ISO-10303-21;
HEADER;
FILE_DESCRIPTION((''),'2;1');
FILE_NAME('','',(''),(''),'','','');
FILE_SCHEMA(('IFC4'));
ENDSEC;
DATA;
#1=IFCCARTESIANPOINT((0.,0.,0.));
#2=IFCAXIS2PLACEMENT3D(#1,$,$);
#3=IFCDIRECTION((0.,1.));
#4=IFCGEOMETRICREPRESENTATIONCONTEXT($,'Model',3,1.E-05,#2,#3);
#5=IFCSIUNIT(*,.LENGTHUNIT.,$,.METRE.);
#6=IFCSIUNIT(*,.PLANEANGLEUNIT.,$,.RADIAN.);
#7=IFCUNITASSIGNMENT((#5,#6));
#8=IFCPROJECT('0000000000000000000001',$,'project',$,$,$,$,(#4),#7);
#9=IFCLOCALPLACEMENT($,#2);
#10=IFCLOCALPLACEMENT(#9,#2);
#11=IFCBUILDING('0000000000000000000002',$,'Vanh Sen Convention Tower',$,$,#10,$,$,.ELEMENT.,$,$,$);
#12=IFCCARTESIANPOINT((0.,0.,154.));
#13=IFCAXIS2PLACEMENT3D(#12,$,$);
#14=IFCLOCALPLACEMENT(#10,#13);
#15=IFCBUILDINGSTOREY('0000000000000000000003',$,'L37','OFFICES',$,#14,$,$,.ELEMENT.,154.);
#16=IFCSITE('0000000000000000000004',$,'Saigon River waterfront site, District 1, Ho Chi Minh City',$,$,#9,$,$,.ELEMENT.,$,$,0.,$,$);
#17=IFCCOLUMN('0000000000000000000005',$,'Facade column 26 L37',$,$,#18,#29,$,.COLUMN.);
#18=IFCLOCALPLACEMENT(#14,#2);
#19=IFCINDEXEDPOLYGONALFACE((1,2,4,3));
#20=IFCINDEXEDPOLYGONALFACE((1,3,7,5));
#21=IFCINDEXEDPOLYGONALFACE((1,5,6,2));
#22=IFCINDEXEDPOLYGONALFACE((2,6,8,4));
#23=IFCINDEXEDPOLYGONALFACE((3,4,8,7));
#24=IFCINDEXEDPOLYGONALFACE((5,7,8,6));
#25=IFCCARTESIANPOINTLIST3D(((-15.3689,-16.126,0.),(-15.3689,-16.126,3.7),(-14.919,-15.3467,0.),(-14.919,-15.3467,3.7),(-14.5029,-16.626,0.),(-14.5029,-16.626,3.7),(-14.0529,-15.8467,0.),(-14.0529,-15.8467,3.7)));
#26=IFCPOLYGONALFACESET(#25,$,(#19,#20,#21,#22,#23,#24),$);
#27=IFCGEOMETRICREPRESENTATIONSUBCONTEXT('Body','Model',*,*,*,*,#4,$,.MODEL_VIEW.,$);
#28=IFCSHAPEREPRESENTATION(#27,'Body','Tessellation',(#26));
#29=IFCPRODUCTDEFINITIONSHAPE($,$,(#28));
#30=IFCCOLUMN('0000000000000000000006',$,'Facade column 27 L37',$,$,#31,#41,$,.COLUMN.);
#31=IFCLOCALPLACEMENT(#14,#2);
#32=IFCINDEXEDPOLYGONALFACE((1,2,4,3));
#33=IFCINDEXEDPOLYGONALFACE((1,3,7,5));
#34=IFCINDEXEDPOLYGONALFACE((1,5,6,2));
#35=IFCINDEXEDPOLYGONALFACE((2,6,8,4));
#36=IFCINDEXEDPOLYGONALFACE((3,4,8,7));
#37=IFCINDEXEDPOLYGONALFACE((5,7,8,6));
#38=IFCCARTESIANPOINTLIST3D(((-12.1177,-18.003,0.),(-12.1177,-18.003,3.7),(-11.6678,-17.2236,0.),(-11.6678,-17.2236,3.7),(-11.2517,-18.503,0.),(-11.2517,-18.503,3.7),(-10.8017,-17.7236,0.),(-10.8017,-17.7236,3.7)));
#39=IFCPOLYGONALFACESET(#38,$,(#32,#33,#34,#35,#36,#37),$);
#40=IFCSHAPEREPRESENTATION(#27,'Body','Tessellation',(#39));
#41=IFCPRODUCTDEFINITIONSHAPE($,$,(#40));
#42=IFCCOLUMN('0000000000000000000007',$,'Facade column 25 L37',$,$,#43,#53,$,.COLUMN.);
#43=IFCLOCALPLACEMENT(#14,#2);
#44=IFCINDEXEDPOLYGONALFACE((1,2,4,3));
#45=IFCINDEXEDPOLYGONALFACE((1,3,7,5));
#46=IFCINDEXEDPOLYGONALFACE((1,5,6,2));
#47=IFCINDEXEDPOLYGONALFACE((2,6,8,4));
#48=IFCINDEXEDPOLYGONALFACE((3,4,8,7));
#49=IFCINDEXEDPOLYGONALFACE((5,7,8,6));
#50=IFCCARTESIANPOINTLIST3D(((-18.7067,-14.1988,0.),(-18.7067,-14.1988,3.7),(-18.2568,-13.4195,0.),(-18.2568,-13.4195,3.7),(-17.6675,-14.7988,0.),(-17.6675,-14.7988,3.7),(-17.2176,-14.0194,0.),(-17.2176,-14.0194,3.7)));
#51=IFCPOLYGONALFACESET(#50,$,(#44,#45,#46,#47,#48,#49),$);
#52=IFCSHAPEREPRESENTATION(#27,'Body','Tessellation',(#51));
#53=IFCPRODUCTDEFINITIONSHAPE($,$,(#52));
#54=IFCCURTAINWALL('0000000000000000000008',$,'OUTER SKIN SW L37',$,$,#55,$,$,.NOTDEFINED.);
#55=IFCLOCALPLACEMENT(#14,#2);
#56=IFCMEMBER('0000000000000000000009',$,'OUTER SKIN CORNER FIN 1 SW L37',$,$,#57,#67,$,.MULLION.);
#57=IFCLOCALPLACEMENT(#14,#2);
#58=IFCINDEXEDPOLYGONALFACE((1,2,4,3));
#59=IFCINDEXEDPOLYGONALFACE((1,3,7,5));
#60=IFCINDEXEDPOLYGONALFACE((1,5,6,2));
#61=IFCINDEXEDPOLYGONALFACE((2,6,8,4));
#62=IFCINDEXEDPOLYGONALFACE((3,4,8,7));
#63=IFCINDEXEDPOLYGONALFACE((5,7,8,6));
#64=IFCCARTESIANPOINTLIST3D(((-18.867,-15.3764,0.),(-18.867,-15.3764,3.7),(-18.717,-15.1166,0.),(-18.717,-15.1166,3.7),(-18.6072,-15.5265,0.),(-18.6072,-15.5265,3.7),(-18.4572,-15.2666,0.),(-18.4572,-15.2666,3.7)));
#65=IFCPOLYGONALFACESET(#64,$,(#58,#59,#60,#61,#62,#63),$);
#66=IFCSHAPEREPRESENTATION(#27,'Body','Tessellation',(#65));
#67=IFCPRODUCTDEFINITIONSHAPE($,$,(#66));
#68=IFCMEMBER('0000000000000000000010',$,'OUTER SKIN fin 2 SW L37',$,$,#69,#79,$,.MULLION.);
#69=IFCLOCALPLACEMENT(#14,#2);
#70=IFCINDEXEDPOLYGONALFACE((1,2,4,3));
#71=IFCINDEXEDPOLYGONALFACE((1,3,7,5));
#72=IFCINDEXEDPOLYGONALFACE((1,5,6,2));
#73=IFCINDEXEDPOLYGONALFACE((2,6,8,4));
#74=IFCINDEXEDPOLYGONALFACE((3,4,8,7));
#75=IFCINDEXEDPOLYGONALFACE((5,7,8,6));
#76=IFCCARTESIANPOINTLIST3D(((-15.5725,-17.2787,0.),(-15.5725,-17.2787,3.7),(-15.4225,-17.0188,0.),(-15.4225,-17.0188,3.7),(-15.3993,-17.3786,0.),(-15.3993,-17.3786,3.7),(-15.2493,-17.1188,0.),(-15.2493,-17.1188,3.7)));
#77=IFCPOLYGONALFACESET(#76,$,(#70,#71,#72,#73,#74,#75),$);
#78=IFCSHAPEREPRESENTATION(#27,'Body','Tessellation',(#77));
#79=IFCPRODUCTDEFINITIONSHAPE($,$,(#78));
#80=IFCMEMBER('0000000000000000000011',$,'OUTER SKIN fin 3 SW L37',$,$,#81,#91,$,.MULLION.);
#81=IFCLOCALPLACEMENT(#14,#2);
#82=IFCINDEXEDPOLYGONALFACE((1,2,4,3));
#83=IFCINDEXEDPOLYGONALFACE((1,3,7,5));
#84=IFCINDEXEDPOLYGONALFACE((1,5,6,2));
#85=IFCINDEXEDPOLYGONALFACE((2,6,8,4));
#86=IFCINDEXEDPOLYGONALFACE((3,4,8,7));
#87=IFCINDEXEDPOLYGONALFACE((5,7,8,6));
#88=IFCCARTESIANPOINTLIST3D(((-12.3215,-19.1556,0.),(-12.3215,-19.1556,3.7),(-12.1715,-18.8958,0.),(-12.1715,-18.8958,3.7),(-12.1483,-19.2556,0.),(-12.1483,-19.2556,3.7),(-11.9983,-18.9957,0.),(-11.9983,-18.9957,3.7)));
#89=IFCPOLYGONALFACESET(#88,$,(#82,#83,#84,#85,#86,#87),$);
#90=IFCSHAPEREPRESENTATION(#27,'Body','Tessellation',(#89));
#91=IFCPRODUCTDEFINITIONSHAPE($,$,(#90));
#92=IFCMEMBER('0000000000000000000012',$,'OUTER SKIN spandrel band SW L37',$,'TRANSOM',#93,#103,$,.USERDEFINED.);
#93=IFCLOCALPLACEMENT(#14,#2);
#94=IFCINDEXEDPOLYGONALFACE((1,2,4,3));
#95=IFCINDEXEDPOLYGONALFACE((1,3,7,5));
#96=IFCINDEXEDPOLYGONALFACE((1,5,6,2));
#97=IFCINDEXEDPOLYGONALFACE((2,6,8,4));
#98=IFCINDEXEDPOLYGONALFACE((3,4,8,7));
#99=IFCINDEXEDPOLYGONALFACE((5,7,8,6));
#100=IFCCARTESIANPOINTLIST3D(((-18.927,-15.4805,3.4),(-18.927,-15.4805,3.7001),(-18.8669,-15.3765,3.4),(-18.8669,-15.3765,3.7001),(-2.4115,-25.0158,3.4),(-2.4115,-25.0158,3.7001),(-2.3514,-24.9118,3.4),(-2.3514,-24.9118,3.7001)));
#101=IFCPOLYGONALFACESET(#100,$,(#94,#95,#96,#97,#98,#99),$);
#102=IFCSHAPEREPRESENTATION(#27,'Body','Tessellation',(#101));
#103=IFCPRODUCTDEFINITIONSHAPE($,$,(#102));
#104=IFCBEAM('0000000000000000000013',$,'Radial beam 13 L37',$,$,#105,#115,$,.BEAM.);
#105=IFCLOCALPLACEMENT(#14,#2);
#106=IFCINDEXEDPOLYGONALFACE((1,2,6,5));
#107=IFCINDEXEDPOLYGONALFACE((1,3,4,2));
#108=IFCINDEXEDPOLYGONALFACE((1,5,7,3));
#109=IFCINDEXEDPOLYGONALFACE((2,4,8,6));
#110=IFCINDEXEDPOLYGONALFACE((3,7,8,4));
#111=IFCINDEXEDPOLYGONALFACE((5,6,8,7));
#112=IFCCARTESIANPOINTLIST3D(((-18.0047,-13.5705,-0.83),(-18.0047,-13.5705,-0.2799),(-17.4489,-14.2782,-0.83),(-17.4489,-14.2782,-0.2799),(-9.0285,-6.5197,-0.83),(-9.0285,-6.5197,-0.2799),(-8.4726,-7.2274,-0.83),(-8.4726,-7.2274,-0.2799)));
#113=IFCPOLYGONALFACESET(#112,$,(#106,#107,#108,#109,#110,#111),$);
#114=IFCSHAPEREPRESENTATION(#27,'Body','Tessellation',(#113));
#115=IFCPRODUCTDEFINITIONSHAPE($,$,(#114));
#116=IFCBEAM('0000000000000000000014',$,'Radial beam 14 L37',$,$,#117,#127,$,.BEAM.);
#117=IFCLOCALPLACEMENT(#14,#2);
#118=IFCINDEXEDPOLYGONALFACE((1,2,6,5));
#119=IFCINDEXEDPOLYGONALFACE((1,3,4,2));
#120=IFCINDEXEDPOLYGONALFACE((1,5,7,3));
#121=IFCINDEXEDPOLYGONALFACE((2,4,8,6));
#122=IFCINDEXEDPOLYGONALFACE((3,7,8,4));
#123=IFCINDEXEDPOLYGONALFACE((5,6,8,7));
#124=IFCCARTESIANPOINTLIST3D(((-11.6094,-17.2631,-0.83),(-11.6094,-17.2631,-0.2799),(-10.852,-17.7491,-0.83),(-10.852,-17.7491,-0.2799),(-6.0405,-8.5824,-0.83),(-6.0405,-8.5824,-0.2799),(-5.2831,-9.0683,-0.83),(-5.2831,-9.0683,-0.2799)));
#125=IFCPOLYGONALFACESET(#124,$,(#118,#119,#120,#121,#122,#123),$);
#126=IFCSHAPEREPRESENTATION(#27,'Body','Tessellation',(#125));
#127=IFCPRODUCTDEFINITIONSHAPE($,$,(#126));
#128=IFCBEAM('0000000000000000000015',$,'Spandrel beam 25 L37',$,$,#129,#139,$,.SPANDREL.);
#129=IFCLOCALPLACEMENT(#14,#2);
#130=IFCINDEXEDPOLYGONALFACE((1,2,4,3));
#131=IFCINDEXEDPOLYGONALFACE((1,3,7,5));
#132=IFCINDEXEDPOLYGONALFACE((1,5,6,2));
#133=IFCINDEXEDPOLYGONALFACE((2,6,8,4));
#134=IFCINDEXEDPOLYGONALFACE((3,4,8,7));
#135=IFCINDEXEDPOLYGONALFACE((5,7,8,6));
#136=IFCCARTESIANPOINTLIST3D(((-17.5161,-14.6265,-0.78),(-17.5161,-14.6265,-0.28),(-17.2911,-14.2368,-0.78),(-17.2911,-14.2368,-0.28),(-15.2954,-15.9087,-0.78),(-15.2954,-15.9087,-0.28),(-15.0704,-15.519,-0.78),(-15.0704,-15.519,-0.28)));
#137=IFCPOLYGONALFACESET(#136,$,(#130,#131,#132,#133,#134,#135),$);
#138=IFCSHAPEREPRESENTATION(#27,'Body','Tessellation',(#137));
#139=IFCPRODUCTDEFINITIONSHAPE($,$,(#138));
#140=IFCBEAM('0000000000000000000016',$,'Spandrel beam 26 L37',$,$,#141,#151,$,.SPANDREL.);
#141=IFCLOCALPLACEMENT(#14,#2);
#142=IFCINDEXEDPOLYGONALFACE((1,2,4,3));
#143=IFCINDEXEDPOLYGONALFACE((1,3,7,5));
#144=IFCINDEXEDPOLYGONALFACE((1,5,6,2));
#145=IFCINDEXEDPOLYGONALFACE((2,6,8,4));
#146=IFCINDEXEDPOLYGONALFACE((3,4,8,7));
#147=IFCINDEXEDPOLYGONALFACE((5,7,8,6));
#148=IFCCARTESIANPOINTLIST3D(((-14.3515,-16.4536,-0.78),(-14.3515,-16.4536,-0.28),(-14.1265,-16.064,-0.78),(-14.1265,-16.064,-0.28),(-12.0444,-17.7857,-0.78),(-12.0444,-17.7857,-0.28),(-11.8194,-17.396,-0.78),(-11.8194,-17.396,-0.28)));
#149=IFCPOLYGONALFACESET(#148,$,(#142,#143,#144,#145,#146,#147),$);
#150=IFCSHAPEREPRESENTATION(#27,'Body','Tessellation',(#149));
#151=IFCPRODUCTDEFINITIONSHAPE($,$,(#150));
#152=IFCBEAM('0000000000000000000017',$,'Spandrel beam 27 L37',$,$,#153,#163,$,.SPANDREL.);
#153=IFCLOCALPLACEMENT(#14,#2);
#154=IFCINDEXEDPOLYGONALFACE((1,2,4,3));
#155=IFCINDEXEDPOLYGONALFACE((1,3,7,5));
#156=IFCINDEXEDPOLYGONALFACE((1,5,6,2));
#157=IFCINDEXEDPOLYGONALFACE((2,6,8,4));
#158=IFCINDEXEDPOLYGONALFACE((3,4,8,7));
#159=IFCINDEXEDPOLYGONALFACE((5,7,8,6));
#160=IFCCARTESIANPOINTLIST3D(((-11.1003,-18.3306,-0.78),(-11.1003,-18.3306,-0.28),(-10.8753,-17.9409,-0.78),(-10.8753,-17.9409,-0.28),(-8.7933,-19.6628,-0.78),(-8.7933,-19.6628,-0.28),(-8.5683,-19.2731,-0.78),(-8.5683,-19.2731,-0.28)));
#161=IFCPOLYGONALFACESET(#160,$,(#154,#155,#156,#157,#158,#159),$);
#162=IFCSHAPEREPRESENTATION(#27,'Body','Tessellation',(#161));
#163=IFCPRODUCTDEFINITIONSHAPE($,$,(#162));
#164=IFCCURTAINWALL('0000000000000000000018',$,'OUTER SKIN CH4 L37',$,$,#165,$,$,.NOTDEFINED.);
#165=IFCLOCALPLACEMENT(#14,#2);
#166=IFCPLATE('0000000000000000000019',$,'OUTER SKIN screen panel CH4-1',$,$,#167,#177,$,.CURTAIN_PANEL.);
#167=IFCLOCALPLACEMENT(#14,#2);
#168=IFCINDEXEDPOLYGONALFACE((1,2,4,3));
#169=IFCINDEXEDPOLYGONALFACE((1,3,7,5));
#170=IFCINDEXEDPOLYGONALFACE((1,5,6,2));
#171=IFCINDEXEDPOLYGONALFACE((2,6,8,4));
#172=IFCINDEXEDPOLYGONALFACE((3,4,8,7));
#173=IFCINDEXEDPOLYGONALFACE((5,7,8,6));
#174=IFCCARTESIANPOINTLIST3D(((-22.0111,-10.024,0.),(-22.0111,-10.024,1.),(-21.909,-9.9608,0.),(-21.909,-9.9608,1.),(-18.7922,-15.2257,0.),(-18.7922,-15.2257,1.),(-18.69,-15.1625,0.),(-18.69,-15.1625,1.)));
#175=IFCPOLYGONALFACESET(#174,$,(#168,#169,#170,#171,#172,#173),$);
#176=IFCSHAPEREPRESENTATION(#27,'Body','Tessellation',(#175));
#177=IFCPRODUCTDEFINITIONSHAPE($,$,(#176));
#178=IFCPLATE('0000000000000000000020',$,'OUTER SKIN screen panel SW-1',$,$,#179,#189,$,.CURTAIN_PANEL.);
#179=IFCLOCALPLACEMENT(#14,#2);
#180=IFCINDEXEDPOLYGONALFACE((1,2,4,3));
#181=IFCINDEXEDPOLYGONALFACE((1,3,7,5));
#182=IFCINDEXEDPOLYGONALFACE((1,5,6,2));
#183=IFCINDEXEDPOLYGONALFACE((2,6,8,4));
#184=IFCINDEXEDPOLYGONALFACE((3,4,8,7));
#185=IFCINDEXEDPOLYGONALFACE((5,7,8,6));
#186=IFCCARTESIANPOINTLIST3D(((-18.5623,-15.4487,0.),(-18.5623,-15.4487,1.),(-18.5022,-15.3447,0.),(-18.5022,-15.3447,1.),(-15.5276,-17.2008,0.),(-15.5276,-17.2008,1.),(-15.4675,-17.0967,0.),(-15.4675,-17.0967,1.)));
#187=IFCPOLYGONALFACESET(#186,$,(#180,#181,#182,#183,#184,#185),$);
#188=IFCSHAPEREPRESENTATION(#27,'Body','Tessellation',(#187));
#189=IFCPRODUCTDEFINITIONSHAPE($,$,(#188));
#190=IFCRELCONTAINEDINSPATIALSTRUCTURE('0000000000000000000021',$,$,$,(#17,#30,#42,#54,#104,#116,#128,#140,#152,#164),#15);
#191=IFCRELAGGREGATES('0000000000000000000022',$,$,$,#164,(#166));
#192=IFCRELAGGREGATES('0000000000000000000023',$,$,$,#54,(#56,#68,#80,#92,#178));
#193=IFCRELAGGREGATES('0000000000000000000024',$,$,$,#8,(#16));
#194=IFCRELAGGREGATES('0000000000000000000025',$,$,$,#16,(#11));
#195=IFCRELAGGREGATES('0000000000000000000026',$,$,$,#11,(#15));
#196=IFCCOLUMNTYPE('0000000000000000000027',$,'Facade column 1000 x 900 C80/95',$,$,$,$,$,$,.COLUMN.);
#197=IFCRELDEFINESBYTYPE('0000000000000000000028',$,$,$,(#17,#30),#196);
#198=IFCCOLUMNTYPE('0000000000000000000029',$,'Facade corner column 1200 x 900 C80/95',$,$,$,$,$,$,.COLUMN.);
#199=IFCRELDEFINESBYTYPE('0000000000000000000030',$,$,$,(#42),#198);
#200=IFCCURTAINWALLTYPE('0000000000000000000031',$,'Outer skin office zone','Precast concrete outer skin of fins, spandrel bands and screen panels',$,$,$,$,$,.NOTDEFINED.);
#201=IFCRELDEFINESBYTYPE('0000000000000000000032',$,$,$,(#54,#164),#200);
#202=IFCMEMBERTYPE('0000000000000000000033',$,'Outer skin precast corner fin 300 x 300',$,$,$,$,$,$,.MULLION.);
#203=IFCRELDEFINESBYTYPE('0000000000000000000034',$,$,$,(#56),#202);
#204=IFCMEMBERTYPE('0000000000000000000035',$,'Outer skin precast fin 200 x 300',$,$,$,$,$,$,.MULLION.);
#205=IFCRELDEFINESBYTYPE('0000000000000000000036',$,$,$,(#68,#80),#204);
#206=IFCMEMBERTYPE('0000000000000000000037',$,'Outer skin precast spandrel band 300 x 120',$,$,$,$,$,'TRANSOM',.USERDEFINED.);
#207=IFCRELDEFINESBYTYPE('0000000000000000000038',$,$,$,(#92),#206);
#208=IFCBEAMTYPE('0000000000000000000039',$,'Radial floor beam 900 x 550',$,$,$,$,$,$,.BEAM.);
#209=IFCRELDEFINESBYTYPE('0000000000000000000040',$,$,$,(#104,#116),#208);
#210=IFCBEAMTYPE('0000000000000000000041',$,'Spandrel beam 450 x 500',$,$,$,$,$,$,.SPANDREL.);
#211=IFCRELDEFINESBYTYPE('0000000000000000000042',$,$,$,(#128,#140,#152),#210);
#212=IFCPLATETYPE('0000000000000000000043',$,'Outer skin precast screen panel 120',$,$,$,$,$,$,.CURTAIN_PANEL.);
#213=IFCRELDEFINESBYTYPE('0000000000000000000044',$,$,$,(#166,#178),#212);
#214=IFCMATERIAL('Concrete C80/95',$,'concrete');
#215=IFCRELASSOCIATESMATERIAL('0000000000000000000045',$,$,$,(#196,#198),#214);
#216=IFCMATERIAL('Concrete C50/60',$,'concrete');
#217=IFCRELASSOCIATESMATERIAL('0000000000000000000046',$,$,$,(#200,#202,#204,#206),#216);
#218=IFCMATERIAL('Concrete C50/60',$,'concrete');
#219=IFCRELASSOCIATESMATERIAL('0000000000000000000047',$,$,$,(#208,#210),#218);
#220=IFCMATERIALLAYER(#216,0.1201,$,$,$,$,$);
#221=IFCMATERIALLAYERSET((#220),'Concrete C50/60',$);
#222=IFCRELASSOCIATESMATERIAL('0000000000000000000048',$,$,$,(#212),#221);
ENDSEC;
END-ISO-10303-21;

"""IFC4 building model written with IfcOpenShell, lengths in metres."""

from ifc_helpers import new_model, si_unit, direction, frame, origin, origin_2d, place, context, subcontext, project, spatial, rectangle, extrude, material, layer, layer_set, material_profile, profile_set, type_object, element, aggregate, save


model = new_model("IFC4")

# Units and contexts
model_context = context("Model", 3, precision=1e-05, world=origin(), true_north=direction((0.0, 1.0)))
body_context = subcontext(model_context, "Body", "Model", "MODEL_VIEW")
ifc_project = project(units=[si_unit("LENGTHUNIT", "METRE"), si_unit("PLANEANGLEUNIT", "RADIAN")], contexts=[model_context])

# Site, building, storey
site_placement = place(None, origin())
site = spatial("IfcSite", under=ifc_project, at=site_placement, Name="Saigon River waterfront site, District 1, Ho Chi Minh City", CompositionType="ELEMENT", RefElevation=0.0)
building_placement = place(site_placement, origin())
building = spatial("IfcBuilding", under=site, at=building_placement, Name="Vanh Sen Convention Tower", CompositionType="ELEMENT")
storey_placement = place(building_placement, frame((0.0, 0.0, 154.0)))
storey = spatial("IfcBuildingStorey", under=building, at=storey_placement, Name="L37", Description="OFFICES", CompositionType="ELEMENT", Elevation=154.0)

# Columns
ifc_material_1 = material(Name="Concrete C80/95", Category="concrete")
ifc_material_profile_1 = material_profile(ifc_material_1, rectangle(XDim=1.0, YDim=0.8999, at=origin_2d()), Name="RC 1000X900")
ifc_profile_set_1 = profile_set([ifc_material_profile_1], Name="Concrete C80/95")
column_type_1 = type_object("IfcColumnType", Name="Facade column 1000 x 900 C80/95", PredefinedType="COLUMN", material=ifc_profile_set_1)
for number, where, z_axis, x_axis, name in (
    (1, (-14.7109, -15.9863, 0.0), (0.0, 0.0, 1.0), (0.866025, -0.5, 0.0), "Facade column 26 L37"),
    (2, (-11.4597, -17.8633, 0.0), (0.0, 0.0, 1.0), (0.866025, -0.5, 0.0), "Facade column 27 L37"),
):
    element("IfcColumn", number, at=place(storey_placement, frame(where, z_axis=z_axis, x_axis=x_axis)), inside=storey, type_object=column_type_1, Name=name, PredefinedType="COLUMN", context=body_context, shape_type="SweptSolid", body=[
        extrude(rectangle(XDim=1.0, YDim=0.8999, at=origin_2d()), origin(), (0.0, 0.0, 1.0), 3.7),
    ])
ifc_material_profile_2 = material_profile(ifc_material_1, rectangle(XDim=1.2, YDim=0.8999, at=origin_2d()), Name="RC 1200X900")
ifc_profile_set_2 = profile_set([ifc_material_profile_2], Name="Concrete C80/95")
column_type_2 = type_object("IfcColumnType", Name="Facade corner column 1200 x 900 C80/95", PredefinedType="COLUMN", material=ifc_profile_set_2)
column_placement = place(storey_placement, frame((-17.9622, -14.1091, 0.0), z_axis=(0.0, 0.0, 1.0), x_axis=(0.866025, -0.5, 0.0)))
element("IfcColumn", 3, at=column_placement, inside=storey, type_object=column_type_2, Name="Facade column 25 L37", PredefinedType="COLUMN", context=body_context, shape_type="SweptSolid", body=[
    extrude(rectangle(XDim=1.2, YDim=0.8999, at=origin_2d()), origin(), (0.0, 0.0, 1.0), 3.7),
])

# Curtain wall, members
ifc_material_2 = material(Name="Concrete C50/60", Category="concrete")
curtain_wall_type = type_object("IfcCurtainWallType", Name="Outer skin office zone", Description="Precast concrete outer skin of fins, spandrel bands and screen panels", PredefinedType="NOTDEFINED", material=ifc_material_2)
curtain_wall_1_placement = place(storey_placement, origin())
curtain_wall_1 = element("IfcCurtainWall", 4, at=curtain_wall_1_placement, inside=storey, type_object=curtain_wall_type, Name="OUTER SKIN SW L37", PredefinedType="NOTDEFINED")
ifc_material_profile_3 = material_profile(ifc_material_2, rectangle(XDim=0.3, YDim=0.3, at=origin_2d()), Name="Outer skin precast corner fin 300 x 300")
ifc_profile_set_3 = profile_set([ifc_material_profile_3], Name="Concrete C50/60")
member_type_1 = type_object("IfcMemberType", Name="Outer skin precast corner fin 300 x 300", PredefinedType="MULLION", material=ifc_profile_set_3)
member_1_placement = place(storey_placement, frame((-18.6621, -15.3215, 0.0), z_axis=(0.0, 0.0, 1.0), x_axis=(0.866025, -0.5, 0.0)))
member_1 = element("IfcMember", 5, at=member_1_placement, type_object=member_type_1, Name="OUTER SKIN CORNER FIN 1 SW L37", PredefinedType="MULLION", context=body_context, shape_type="SweptSolid", body=[
    extrude(rectangle(XDim=0.3, YDim=0.3, at=origin_2d()), origin(), (0.0, 0.0, 1.0), 3.7),
])
ifc_material_profile_4 = material_profile(ifc_material_2, rectangle(XDim=0.2, YDim=0.3, at=origin_2d()), Name="Outer skin precast fin 200 x 300")
ifc_profile_set_4 = profile_set([ifc_material_profile_4], Name="Concrete C50/60")
member_type_2 = type_object("IfcMemberType", Name="Outer skin precast fin 200 x 300", PredefinedType="MULLION", material=ifc_profile_set_4)
member_2_placement = place(storey_placement, frame((-15.4109, -17.1987, 0.0), z_axis=(0.0, 0.0, 1.0), x_axis=(0.866025, -0.5, 0.0)))
member_2 = element("IfcMember", 6, at=member_2_placement, type_object=member_type_2, Name="OUTER SKIN fin 2 SW L37", PredefinedType="MULLION", context=body_context, shape_type="SweptSolid", body=[
    extrude(rectangle(XDim=0.2, YDim=0.3, at=origin_2d()), origin(), (0.0, 0.0, 1.0), 3.7),
])
member_3_placement = place(storey_placement, frame((-12.1599, -19.0757, 0.0), z_axis=(0.0, 0.0, 1.0), x_axis=(0.866025, -0.5, 0.0)))
member_3 = element("IfcMember", 7, at=member_3_placement, type_object=member_type_2, Name="OUTER SKIN fin 3 SW L37", PredefinedType="MULLION", context=body_context, shape_type="SweptSolid", body=[
    extrude(rectangle(XDim=0.2, YDim=0.3, at=origin_2d()), origin(), (0.0, 0.0, 1.0), 3.7),
])
ifc_material_profile_5 = material_profile(ifc_material_2, rectangle(XDim=0.1201, YDim=0.3, at=origin_2d()), Name="Outer skin precast spandrel band 300 x 120")
ifc_profile_set_5 = profile_set([ifc_material_profile_5], Name="Concrete C50/60")
member_type_3 = type_object("IfcMemberType", Name="Outer skin precast spandrel band 300 x 120", ElementType="TRANSOM", PredefinedType="USERDEFINED", material=ifc_profile_set_5)
member_4_placement = place(storey_placement, frame((-18.897, -15.4285, 3.55), z_axis=(0.866023, -0.500004, 0.0), x_axis=(0.500004, 0.866023, 0.0)))
member_4 = element("IfcMember", 8, at=member_4_placement, type_object=member_type_3, Name="OUTER SKIN spandrel band SW L37", ObjectType="TRANSOM", PredefinedType="USERDEFINED", context=body_context, shape_type="SweptSolid", body=[
    extrude(rectangle(XDim=0.1201, YDim=0.3, at=origin_2d()), origin(), (0.0, 0.0, 1.0), 19.0706),
])

# Beams
ifc_material_3 = material(Name="Concrete C50/60", Category="concrete")
ifc_material_profile_6 = material_profile(ifc_material_3, rectangle(XDim=0.8999, YDim=0.55, at=origin_2d()), Name="RC 900X550")
ifc_profile_set_6 = profile_set([ifc_material_profile_6], Name="Concrete C50/60")
beam_type_1 = type_object("IfcBeamType", Name="Radial floor beam 900 x 550", PredefinedType="BEAM", material=ifc_profile_set_6)
beam_1_placement = place(storey_placement, frame((-17.7268, -13.9243, -0.5549), z_axis=(0.786405, 0.617711, 0.0), x_axis=(-0.617711, 0.786405, 0.0)))
element("IfcBeam", 9, at=beam_1_placement, inside=storey, type_object=beam_type_1, Name="Radial beam 13 L37", PredefinedType="BEAM", context=body_context, shape_type="SweptSolid", body=[
    extrude(rectangle(XDim=0.8999, YDim=0.55, at=origin_2d()), origin(), (0.0, 0.0, 1.0), 11.4143),
])
beam_2_placement = place(storey_placement, frame((-11.2307, -17.5061, -0.5549), z_axis=(0.539963, 0.841689, 0.0), x_axis=(-0.841689, 0.539963, 0.0)))
element("IfcBeam", 10, at=beam_2_placement, inside=storey, type_object=beam_type_1, Name="Radial beam 14 L37", PredefinedType="BEAM", context=body_context, shape_type="SweptSolid", body=[
    extrude(rectangle(XDim=0.8999, YDim=0.55, at=origin_2d()), origin(), (0.0, 0.0, 1.0), 10.3135),
])
ifc_material_profile_7 = material_profile(ifc_material_3, rectangle(XDim=0.45, YDim=0.5, at=origin_2d()), Name="RC 450X500")
ifc_profile_set_7 = profile_set([ifc_material_profile_7], Name="Concrete C50/60")
beam_type_2 = type_object("IfcBeamType", Name="Spandrel beam 450 x 500", PredefinedType="SPANDREL", material=ifc_profile_set_7)
beam_3_placement = place(storey_placement, frame((-17.4036, -14.4316, -0.53), z_axis=(0.866008, -0.50003, 0.0), x_axis=(0.50003, 0.866008, 0.0)))
element("IfcBeam", 11, at=beam_3_placement, inside=storey, type_object=beam_type_2, Name="Spandrel beam 25 L37", PredefinedType="SPANDREL", context=body_context, shape_type="SweptSolid", body=[
    extrude(rectangle(XDim=0.45, YDim=0.5, at=origin_2d()), origin(), (0.0, 0.0, 1.0), 2.5642),
])
for number, where, z_axis, x_axis, name in (
    (12, (-14.239, -16.2588, -0.53), (0.866024, -0.500003, 0.0), (0.500003, 0.866024, 0.0), "Spandrel beam 26 L37"),
    (13, (-10.9878, -18.1357, -0.53), (0.865984, -0.500071, 0.0), (0.500071, 0.865984, 0.0), "Spandrel beam 27 L37"),
):
    element("IfcBeam", number, at=place(storey_placement, frame(where, z_axis=z_axis, x_axis=x_axis)), inside=storey, type_object=beam_type_2, Name=name, PredefinedType="SPANDREL", context=body_context, shape_type="SweptSolid", body=[
        extrude(rectangle(XDim=0.45, YDim=0.5, at=origin_2d()), origin(), (0.0, 0.0, 1.0), 2.6641),
    ])

# Curtain wall, plate
curtain_wall_2_placement = place(storey_placement, origin())
curtain_wall_2 = element("IfcCurtainWall", 14, at=curtain_wall_2_placement, inside=storey, type_object=curtain_wall_type, Name="OUTER SKIN CH4 L37", PredefinedType="NOTDEFINED")
ifc_layer_1 = layer(ifc_material_2, 0.1201)
ifc_layer_set_1 = layer_set([ifc_layer_1], Name="Concrete C50/60")
plate_type = type_object("IfcPlateType", Name="Outer skin precast screen panel 120", PredefinedType="CURTAIN_PANEL", material=ifc_layer_set_1)
plate_1_placement = place(storey_placement, frame((-20.3506, -12.5933, 0.0), z_axis=(0.0, 0.0, 1.0), x_axis=(0.526218, -0.850349, 0.0)))
plate_1 = element("IfcPlate", 15, at=plate_1_placement, type_object=plate_type, Name="OUTER SKIN screen panel CH4-1", PredefinedType="CURTAIN_PANEL", context=body_context, shape_type="SweptSolid", body=[
    extrude(rectangle(XDim=6.1172, YDim=0.1201, at=origin_2d()), origin(), (0.0, 0.0, 1.0), 1.0),
])
aggregate(curtain_wall_2, [plate_1])

# Plate
plate_2_placement = place(storey_placement, frame((-17.0149, -16.2727, 0.0), z_axis=(0.0, 0.0, 1.0), x_axis=(0.866024, -0.500003, 0.0)))
plate_2 = element("IfcPlate", 16, at=plate_2_placement, type_object=plate_type, Name="OUTER SKIN screen panel SW-1", PredefinedType="CURTAIN_PANEL", context=body_context, shape_type="SweptSolid", body=[
    extrude(rectangle(XDim=3.5042, YDim=0.1201, at=origin_2d()), origin(), (0.0, 0.0, 1.0), 1.0),
])
aggregate(curtain_wall_1, [member_1, member_2, member_3, member_4, plate_2])

save(model, "model.ifc")
